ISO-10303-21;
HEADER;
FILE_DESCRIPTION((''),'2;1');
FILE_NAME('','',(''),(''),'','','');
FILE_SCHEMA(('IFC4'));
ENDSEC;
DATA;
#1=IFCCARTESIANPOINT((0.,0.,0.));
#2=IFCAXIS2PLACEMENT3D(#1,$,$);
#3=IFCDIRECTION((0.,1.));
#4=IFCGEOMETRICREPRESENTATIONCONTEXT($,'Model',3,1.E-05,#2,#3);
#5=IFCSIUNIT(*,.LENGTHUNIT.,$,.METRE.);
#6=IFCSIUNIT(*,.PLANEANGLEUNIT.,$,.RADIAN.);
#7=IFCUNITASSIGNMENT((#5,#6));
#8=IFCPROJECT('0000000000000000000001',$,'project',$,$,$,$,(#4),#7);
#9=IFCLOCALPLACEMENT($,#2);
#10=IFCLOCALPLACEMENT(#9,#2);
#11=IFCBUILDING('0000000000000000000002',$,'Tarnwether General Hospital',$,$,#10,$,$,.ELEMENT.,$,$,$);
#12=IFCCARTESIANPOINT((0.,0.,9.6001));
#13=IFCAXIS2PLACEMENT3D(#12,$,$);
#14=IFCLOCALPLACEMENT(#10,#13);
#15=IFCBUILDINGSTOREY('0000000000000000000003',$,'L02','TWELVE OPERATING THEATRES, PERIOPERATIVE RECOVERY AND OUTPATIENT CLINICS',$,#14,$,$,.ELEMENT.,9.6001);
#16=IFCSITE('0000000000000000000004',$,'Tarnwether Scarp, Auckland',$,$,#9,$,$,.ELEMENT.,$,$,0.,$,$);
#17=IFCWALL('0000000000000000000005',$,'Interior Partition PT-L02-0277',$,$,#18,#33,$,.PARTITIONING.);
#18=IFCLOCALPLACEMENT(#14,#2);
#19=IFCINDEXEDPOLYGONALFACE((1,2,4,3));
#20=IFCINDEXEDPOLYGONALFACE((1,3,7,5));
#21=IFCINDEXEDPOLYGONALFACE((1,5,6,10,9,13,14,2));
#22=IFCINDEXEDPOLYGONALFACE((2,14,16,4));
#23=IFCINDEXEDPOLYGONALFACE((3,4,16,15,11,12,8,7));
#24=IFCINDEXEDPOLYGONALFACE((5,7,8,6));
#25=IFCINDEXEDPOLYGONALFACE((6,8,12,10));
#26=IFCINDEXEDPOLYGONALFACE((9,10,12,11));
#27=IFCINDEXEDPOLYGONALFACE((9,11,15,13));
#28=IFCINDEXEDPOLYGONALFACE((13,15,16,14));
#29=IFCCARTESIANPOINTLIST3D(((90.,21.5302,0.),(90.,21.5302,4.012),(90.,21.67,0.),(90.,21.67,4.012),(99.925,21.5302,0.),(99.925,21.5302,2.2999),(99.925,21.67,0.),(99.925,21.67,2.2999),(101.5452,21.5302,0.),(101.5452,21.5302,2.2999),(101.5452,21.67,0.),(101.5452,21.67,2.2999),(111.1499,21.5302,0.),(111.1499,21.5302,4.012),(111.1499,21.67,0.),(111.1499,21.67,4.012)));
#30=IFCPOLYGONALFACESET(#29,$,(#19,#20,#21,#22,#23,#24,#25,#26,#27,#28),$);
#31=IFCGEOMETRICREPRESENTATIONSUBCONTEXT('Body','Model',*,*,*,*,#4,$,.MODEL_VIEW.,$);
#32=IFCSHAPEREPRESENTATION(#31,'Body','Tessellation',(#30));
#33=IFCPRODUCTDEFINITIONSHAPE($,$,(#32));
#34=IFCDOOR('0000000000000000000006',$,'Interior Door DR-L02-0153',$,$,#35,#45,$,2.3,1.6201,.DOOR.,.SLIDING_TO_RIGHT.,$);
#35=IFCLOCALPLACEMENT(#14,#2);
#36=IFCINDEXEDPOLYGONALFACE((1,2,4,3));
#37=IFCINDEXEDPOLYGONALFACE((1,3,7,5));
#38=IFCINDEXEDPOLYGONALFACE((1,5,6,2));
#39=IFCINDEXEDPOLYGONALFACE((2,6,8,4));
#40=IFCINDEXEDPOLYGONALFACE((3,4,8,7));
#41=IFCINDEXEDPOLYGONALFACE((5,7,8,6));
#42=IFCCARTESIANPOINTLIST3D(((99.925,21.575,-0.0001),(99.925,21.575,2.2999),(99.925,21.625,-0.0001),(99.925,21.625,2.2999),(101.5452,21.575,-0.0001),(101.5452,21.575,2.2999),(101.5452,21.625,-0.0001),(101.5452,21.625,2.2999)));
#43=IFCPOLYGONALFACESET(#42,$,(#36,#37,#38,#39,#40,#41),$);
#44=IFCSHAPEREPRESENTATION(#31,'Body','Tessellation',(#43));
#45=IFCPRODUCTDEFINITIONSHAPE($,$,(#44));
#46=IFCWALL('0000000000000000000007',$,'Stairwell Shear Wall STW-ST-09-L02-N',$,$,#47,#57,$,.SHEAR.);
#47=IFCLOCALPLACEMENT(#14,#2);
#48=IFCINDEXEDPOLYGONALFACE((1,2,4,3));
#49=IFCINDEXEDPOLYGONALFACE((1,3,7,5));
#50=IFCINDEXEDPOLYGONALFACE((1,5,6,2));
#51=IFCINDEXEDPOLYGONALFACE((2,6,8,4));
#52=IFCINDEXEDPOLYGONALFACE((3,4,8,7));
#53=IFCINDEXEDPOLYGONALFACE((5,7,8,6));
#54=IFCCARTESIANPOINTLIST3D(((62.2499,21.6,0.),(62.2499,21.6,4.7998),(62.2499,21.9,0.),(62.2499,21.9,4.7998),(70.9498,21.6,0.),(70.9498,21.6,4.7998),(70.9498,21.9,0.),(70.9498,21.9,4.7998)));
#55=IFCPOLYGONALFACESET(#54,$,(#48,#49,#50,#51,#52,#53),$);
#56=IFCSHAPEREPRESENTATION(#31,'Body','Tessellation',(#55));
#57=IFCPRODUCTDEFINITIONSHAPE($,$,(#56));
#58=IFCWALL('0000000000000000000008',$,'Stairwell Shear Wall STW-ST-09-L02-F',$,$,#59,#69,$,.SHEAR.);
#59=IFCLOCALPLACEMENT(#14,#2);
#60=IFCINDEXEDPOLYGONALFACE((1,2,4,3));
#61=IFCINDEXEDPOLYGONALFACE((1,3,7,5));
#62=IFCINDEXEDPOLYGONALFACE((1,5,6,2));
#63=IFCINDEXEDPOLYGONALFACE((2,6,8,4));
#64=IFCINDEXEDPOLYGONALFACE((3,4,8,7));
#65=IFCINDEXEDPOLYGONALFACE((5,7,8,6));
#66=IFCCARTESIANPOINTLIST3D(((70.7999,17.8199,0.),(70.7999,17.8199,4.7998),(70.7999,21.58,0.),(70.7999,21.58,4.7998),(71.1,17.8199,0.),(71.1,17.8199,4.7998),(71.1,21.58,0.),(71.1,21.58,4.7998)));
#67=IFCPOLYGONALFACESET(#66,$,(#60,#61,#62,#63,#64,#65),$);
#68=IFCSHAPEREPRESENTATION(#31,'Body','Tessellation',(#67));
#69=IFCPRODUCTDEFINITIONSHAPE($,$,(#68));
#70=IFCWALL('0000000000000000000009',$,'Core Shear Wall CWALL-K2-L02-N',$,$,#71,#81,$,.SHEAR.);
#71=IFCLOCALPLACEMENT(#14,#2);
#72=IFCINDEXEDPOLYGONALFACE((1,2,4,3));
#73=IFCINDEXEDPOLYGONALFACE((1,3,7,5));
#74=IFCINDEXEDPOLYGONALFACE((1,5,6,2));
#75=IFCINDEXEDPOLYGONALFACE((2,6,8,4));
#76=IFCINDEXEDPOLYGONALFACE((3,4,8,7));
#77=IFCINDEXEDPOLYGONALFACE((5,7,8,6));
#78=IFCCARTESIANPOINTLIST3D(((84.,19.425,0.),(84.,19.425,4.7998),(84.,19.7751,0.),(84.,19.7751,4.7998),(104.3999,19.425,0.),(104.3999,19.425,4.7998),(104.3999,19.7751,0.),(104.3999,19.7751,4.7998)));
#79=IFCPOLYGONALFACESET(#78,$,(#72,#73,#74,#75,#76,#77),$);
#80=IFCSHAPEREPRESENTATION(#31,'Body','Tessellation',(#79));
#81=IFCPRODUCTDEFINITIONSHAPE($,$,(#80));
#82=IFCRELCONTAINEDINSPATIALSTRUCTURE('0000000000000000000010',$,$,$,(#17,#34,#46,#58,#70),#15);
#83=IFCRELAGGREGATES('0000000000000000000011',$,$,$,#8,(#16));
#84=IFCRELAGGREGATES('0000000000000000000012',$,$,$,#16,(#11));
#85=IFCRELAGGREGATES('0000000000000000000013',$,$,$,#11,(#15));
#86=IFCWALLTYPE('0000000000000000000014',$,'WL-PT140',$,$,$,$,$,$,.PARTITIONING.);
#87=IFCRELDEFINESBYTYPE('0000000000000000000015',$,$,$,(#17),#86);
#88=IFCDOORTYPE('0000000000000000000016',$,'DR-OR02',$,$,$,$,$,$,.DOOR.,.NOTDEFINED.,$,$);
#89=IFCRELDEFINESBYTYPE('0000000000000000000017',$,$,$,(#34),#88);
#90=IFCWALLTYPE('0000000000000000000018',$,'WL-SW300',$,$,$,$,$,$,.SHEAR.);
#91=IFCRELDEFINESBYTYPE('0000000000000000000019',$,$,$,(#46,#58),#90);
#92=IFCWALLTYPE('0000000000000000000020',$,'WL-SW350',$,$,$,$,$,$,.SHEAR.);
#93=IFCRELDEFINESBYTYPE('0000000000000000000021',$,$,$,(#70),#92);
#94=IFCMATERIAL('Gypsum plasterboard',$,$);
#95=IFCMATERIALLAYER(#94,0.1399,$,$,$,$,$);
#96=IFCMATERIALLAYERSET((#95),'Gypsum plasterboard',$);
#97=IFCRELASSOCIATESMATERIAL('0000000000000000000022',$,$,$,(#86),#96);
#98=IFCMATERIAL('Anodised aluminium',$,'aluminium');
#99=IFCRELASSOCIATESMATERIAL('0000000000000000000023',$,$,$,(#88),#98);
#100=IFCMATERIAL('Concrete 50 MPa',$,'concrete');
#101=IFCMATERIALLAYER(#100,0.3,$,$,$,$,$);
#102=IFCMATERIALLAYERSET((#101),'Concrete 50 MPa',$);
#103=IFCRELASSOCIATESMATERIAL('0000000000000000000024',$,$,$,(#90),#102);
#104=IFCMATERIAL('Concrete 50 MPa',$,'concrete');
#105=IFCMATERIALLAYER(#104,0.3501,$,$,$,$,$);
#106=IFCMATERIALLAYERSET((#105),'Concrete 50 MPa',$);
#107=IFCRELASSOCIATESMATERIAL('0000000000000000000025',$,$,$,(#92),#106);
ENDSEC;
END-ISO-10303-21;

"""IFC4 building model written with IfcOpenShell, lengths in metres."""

from ifc_helpers import new_model, si_unit, direction, frame, frame_2d, origin, place, context, subcontext, project, spatial, rectangle, extrude, material, layer, layer_set, type_object, element, fill, save


model = new_model("IFC4")

# Units and contexts
model_context = context("Model", 3, precision=1e-05, world=origin(), true_north=direction((0.0, 1.0)))
body_context = subcontext(model_context, "Body", "Model", "MODEL_VIEW")
ifc_project = project(units=[si_unit("LENGTHUNIT", "METRE"), si_unit("PLANEANGLEUNIT", "RADIAN")], contexts=[model_context])

# Site, building, storey
site_placement = place(None, origin())
site = spatial("IfcSite", under=ifc_project, at=site_placement, Name="Tarnwether Scarp, Auckland", CompositionType="ELEMENT", RefElevation=0.0)
building_placement = place(site_placement, origin())
building = spatial("IfcBuilding", under=site, at=building_placement, Name="Tarnwether General Hospital", CompositionType="ELEMENT")
storey_placement = place(building_placement, frame((0.0, 0.0, 9.6001)))
storey = spatial("IfcBuildingStorey", under=building, at=storey_placement, Name="L02", Description="TWELVE OPERATING THEATRES, PERIOPERATIVE RECOVERY AND OUTPATIENT CLINICS", CompositionType="ELEMENT", Elevation=9.6001)

# Shared definitions
ifc_material_1 = material(Name="Gypsum plasterboard")
ifc_layer_1 = layer(ifc_material_1, 0.1399)
ifc_layer_set_1 = layer_set([ifc_layer_1], Name="Gypsum plasterboard")
wall_type_1 = type_object("IfcWallType", Name="WL-PT140", PredefinedType="PARTITIONING", material=ifc_layer_set_1)

# Wall, opening, door
wall_1_placement = place(storey_placement, frame((90.0, 21.6001, 0.0), z_axis=(0.0, 0.0, 1.0), x_axis=(1.0, 0.0, 0.0)))
wall_1 = element("IfcWall", 1, at=wall_1_placement, inside=storey, type_object=wall_type_1, Name="Interior Partition PT-L02-0277", PredefinedType="PARTITIONING", context=body_context, shape_type="SweptSolid", body=[
    extrude(rectangle(XDim=21.1499, YDim=0.1399, at=frame_2d((10.575, 0.0))), origin(), (0.0, 0.0, 1.0), 4.012),
])
opening_1_placement = place(wall_1_placement, frame((9.925, 0.0, 0.0)))
opening_1 = element("IfcOpeningElement", 2, at=opening_1_placement, cuts=wall_1, PredefinedType="OPENING", context=body_context, shape_type="SweptSolid", body=[
    extrude(rectangle(XDim=1.6201, YDim=2.3, at=frame_2d((0.8101, 1.1499))), frame((0.0, 0.0801, 0.0), z_axis=(0.0, -1.0, 0.0), x_axis=(1.0, 0.0, 0.0)), (0.0, 0.0, 1.0), 0.1599),
])
ifc_material_2 = material(Name="Anodised aluminium", Category="aluminium")
door_type_1 = type_object("IfcDoorType", Name="DR-OR02", OperationType="NOTDEFINED", PredefinedType="DOOR", material=ifc_material_2)
door_1_placement = place(opening_1_placement, origin())
door_1 = element("IfcDoor", 3, at=door_1_placement, inside=storey, type_object=door_type_1, Name="Interior Door DR-L02-0153", OperationType="SLIDING_TO_RIGHT", OverallHeight=2.3, OverallWidth=1.6201, PredefinedType="DOOR", context=body_context, shape_type="SweptSolid", body=[
    extrude(rectangle(XDim=1.6201, YDim=2.3, at=frame_2d((0.8101, 1.1499))), frame((0.0, 0.0249, 0.0), z_axis=(0.0, -1.0, 0.0), x_axis=(1.0, 0.0, 0.0)), (0.0, 0.0, 1.0), 0.05),
])
fill(opening_1, door_1)

# Walls
ifc_material_3 = material(Name="Concrete 50 MPa", Category="concrete")
ifc_layer_2 = layer(ifc_material_3, 0.3)
ifc_layer_set_2 = layer_set([ifc_layer_2], Name="Concrete 50 MPa")
wall_type_2 = type_object("IfcWallType", Name="WL-SW300", PredefinedType="SHEAR", material=ifc_layer_set_2)
wall_2_placement = place(storey_placement, frame((70.95, 21.75, 0.0), z_axis=(0.0, 0.0, 1.0), x_axis=(-1.0, 0.0, 0.0)))
element("IfcWall", 4, at=wall_2_placement, inside=storey, type_object=wall_type_2, Name="Stairwell Shear Wall STW-ST-09-L02-N", PredefinedType="SHEAR", context=body_context, shape_type="SweptSolid", body=[
    extrude(rectangle(XDim=8.7, YDim=0.3, at=frame_2d((4.3501, 0.0))), origin(), (0.0, 0.0, 1.0), 4.7998),
])
wall_3_placement = place(storey_placement, frame((70.95, 17.8201, 0.0), z_axis=(0.0, 0.0, 1.0), x_axis=(0.0, 1.0, 0.0)))
element("IfcWall", 5, at=wall_3_placement, inside=storey, type_object=wall_type_2, Name="Stairwell Shear Wall STW-ST-09-L02-F", PredefinedType="SHEAR", context=body_context, shape_type="SweptSolid", body=[
    extrude(rectangle(XDim=3.76, YDim=0.3, at=frame_2d((1.8799, 0.0))), origin(), (0.0, 0.0, 1.0), 4.7998),
])
ifc_material_4 = material(Name="Concrete 50 MPa", Category="concrete")
ifc_layer_3 = layer(ifc_material_4, 0.3501)
ifc_layer_set_3 = layer_set([ifc_layer_3], Name="Concrete 50 MPa")
wall_type_3 = type_object("IfcWallType", Name="WL-SW350", PredefinedType="SHEAR", material=ifc_layer_set_3)
wall_4_placement = place(storey_placement, frame((84.0, 19.6001, 0.0), z_axis=(0.0, 0.0, 1.0), x_axis=(1.0, 0.0, 0.0)))
element("IfcWall", 6, at=wall_4_placement, inside=storey, type_object=wall_type_3, Name="Core Shear Wall CWALL-K2-L02-N", PredefinedType="SHEAR", context=body_context, shape_type="SweptSolid", body=[
    extrude(rectangle(XDim=20.3999, YDim=0.3501, at=frame_2d((10.2, 0.0))), origin(), (0.0, 0.0, 1.0), 4.7998),
])

save(model, "model.ifc")
